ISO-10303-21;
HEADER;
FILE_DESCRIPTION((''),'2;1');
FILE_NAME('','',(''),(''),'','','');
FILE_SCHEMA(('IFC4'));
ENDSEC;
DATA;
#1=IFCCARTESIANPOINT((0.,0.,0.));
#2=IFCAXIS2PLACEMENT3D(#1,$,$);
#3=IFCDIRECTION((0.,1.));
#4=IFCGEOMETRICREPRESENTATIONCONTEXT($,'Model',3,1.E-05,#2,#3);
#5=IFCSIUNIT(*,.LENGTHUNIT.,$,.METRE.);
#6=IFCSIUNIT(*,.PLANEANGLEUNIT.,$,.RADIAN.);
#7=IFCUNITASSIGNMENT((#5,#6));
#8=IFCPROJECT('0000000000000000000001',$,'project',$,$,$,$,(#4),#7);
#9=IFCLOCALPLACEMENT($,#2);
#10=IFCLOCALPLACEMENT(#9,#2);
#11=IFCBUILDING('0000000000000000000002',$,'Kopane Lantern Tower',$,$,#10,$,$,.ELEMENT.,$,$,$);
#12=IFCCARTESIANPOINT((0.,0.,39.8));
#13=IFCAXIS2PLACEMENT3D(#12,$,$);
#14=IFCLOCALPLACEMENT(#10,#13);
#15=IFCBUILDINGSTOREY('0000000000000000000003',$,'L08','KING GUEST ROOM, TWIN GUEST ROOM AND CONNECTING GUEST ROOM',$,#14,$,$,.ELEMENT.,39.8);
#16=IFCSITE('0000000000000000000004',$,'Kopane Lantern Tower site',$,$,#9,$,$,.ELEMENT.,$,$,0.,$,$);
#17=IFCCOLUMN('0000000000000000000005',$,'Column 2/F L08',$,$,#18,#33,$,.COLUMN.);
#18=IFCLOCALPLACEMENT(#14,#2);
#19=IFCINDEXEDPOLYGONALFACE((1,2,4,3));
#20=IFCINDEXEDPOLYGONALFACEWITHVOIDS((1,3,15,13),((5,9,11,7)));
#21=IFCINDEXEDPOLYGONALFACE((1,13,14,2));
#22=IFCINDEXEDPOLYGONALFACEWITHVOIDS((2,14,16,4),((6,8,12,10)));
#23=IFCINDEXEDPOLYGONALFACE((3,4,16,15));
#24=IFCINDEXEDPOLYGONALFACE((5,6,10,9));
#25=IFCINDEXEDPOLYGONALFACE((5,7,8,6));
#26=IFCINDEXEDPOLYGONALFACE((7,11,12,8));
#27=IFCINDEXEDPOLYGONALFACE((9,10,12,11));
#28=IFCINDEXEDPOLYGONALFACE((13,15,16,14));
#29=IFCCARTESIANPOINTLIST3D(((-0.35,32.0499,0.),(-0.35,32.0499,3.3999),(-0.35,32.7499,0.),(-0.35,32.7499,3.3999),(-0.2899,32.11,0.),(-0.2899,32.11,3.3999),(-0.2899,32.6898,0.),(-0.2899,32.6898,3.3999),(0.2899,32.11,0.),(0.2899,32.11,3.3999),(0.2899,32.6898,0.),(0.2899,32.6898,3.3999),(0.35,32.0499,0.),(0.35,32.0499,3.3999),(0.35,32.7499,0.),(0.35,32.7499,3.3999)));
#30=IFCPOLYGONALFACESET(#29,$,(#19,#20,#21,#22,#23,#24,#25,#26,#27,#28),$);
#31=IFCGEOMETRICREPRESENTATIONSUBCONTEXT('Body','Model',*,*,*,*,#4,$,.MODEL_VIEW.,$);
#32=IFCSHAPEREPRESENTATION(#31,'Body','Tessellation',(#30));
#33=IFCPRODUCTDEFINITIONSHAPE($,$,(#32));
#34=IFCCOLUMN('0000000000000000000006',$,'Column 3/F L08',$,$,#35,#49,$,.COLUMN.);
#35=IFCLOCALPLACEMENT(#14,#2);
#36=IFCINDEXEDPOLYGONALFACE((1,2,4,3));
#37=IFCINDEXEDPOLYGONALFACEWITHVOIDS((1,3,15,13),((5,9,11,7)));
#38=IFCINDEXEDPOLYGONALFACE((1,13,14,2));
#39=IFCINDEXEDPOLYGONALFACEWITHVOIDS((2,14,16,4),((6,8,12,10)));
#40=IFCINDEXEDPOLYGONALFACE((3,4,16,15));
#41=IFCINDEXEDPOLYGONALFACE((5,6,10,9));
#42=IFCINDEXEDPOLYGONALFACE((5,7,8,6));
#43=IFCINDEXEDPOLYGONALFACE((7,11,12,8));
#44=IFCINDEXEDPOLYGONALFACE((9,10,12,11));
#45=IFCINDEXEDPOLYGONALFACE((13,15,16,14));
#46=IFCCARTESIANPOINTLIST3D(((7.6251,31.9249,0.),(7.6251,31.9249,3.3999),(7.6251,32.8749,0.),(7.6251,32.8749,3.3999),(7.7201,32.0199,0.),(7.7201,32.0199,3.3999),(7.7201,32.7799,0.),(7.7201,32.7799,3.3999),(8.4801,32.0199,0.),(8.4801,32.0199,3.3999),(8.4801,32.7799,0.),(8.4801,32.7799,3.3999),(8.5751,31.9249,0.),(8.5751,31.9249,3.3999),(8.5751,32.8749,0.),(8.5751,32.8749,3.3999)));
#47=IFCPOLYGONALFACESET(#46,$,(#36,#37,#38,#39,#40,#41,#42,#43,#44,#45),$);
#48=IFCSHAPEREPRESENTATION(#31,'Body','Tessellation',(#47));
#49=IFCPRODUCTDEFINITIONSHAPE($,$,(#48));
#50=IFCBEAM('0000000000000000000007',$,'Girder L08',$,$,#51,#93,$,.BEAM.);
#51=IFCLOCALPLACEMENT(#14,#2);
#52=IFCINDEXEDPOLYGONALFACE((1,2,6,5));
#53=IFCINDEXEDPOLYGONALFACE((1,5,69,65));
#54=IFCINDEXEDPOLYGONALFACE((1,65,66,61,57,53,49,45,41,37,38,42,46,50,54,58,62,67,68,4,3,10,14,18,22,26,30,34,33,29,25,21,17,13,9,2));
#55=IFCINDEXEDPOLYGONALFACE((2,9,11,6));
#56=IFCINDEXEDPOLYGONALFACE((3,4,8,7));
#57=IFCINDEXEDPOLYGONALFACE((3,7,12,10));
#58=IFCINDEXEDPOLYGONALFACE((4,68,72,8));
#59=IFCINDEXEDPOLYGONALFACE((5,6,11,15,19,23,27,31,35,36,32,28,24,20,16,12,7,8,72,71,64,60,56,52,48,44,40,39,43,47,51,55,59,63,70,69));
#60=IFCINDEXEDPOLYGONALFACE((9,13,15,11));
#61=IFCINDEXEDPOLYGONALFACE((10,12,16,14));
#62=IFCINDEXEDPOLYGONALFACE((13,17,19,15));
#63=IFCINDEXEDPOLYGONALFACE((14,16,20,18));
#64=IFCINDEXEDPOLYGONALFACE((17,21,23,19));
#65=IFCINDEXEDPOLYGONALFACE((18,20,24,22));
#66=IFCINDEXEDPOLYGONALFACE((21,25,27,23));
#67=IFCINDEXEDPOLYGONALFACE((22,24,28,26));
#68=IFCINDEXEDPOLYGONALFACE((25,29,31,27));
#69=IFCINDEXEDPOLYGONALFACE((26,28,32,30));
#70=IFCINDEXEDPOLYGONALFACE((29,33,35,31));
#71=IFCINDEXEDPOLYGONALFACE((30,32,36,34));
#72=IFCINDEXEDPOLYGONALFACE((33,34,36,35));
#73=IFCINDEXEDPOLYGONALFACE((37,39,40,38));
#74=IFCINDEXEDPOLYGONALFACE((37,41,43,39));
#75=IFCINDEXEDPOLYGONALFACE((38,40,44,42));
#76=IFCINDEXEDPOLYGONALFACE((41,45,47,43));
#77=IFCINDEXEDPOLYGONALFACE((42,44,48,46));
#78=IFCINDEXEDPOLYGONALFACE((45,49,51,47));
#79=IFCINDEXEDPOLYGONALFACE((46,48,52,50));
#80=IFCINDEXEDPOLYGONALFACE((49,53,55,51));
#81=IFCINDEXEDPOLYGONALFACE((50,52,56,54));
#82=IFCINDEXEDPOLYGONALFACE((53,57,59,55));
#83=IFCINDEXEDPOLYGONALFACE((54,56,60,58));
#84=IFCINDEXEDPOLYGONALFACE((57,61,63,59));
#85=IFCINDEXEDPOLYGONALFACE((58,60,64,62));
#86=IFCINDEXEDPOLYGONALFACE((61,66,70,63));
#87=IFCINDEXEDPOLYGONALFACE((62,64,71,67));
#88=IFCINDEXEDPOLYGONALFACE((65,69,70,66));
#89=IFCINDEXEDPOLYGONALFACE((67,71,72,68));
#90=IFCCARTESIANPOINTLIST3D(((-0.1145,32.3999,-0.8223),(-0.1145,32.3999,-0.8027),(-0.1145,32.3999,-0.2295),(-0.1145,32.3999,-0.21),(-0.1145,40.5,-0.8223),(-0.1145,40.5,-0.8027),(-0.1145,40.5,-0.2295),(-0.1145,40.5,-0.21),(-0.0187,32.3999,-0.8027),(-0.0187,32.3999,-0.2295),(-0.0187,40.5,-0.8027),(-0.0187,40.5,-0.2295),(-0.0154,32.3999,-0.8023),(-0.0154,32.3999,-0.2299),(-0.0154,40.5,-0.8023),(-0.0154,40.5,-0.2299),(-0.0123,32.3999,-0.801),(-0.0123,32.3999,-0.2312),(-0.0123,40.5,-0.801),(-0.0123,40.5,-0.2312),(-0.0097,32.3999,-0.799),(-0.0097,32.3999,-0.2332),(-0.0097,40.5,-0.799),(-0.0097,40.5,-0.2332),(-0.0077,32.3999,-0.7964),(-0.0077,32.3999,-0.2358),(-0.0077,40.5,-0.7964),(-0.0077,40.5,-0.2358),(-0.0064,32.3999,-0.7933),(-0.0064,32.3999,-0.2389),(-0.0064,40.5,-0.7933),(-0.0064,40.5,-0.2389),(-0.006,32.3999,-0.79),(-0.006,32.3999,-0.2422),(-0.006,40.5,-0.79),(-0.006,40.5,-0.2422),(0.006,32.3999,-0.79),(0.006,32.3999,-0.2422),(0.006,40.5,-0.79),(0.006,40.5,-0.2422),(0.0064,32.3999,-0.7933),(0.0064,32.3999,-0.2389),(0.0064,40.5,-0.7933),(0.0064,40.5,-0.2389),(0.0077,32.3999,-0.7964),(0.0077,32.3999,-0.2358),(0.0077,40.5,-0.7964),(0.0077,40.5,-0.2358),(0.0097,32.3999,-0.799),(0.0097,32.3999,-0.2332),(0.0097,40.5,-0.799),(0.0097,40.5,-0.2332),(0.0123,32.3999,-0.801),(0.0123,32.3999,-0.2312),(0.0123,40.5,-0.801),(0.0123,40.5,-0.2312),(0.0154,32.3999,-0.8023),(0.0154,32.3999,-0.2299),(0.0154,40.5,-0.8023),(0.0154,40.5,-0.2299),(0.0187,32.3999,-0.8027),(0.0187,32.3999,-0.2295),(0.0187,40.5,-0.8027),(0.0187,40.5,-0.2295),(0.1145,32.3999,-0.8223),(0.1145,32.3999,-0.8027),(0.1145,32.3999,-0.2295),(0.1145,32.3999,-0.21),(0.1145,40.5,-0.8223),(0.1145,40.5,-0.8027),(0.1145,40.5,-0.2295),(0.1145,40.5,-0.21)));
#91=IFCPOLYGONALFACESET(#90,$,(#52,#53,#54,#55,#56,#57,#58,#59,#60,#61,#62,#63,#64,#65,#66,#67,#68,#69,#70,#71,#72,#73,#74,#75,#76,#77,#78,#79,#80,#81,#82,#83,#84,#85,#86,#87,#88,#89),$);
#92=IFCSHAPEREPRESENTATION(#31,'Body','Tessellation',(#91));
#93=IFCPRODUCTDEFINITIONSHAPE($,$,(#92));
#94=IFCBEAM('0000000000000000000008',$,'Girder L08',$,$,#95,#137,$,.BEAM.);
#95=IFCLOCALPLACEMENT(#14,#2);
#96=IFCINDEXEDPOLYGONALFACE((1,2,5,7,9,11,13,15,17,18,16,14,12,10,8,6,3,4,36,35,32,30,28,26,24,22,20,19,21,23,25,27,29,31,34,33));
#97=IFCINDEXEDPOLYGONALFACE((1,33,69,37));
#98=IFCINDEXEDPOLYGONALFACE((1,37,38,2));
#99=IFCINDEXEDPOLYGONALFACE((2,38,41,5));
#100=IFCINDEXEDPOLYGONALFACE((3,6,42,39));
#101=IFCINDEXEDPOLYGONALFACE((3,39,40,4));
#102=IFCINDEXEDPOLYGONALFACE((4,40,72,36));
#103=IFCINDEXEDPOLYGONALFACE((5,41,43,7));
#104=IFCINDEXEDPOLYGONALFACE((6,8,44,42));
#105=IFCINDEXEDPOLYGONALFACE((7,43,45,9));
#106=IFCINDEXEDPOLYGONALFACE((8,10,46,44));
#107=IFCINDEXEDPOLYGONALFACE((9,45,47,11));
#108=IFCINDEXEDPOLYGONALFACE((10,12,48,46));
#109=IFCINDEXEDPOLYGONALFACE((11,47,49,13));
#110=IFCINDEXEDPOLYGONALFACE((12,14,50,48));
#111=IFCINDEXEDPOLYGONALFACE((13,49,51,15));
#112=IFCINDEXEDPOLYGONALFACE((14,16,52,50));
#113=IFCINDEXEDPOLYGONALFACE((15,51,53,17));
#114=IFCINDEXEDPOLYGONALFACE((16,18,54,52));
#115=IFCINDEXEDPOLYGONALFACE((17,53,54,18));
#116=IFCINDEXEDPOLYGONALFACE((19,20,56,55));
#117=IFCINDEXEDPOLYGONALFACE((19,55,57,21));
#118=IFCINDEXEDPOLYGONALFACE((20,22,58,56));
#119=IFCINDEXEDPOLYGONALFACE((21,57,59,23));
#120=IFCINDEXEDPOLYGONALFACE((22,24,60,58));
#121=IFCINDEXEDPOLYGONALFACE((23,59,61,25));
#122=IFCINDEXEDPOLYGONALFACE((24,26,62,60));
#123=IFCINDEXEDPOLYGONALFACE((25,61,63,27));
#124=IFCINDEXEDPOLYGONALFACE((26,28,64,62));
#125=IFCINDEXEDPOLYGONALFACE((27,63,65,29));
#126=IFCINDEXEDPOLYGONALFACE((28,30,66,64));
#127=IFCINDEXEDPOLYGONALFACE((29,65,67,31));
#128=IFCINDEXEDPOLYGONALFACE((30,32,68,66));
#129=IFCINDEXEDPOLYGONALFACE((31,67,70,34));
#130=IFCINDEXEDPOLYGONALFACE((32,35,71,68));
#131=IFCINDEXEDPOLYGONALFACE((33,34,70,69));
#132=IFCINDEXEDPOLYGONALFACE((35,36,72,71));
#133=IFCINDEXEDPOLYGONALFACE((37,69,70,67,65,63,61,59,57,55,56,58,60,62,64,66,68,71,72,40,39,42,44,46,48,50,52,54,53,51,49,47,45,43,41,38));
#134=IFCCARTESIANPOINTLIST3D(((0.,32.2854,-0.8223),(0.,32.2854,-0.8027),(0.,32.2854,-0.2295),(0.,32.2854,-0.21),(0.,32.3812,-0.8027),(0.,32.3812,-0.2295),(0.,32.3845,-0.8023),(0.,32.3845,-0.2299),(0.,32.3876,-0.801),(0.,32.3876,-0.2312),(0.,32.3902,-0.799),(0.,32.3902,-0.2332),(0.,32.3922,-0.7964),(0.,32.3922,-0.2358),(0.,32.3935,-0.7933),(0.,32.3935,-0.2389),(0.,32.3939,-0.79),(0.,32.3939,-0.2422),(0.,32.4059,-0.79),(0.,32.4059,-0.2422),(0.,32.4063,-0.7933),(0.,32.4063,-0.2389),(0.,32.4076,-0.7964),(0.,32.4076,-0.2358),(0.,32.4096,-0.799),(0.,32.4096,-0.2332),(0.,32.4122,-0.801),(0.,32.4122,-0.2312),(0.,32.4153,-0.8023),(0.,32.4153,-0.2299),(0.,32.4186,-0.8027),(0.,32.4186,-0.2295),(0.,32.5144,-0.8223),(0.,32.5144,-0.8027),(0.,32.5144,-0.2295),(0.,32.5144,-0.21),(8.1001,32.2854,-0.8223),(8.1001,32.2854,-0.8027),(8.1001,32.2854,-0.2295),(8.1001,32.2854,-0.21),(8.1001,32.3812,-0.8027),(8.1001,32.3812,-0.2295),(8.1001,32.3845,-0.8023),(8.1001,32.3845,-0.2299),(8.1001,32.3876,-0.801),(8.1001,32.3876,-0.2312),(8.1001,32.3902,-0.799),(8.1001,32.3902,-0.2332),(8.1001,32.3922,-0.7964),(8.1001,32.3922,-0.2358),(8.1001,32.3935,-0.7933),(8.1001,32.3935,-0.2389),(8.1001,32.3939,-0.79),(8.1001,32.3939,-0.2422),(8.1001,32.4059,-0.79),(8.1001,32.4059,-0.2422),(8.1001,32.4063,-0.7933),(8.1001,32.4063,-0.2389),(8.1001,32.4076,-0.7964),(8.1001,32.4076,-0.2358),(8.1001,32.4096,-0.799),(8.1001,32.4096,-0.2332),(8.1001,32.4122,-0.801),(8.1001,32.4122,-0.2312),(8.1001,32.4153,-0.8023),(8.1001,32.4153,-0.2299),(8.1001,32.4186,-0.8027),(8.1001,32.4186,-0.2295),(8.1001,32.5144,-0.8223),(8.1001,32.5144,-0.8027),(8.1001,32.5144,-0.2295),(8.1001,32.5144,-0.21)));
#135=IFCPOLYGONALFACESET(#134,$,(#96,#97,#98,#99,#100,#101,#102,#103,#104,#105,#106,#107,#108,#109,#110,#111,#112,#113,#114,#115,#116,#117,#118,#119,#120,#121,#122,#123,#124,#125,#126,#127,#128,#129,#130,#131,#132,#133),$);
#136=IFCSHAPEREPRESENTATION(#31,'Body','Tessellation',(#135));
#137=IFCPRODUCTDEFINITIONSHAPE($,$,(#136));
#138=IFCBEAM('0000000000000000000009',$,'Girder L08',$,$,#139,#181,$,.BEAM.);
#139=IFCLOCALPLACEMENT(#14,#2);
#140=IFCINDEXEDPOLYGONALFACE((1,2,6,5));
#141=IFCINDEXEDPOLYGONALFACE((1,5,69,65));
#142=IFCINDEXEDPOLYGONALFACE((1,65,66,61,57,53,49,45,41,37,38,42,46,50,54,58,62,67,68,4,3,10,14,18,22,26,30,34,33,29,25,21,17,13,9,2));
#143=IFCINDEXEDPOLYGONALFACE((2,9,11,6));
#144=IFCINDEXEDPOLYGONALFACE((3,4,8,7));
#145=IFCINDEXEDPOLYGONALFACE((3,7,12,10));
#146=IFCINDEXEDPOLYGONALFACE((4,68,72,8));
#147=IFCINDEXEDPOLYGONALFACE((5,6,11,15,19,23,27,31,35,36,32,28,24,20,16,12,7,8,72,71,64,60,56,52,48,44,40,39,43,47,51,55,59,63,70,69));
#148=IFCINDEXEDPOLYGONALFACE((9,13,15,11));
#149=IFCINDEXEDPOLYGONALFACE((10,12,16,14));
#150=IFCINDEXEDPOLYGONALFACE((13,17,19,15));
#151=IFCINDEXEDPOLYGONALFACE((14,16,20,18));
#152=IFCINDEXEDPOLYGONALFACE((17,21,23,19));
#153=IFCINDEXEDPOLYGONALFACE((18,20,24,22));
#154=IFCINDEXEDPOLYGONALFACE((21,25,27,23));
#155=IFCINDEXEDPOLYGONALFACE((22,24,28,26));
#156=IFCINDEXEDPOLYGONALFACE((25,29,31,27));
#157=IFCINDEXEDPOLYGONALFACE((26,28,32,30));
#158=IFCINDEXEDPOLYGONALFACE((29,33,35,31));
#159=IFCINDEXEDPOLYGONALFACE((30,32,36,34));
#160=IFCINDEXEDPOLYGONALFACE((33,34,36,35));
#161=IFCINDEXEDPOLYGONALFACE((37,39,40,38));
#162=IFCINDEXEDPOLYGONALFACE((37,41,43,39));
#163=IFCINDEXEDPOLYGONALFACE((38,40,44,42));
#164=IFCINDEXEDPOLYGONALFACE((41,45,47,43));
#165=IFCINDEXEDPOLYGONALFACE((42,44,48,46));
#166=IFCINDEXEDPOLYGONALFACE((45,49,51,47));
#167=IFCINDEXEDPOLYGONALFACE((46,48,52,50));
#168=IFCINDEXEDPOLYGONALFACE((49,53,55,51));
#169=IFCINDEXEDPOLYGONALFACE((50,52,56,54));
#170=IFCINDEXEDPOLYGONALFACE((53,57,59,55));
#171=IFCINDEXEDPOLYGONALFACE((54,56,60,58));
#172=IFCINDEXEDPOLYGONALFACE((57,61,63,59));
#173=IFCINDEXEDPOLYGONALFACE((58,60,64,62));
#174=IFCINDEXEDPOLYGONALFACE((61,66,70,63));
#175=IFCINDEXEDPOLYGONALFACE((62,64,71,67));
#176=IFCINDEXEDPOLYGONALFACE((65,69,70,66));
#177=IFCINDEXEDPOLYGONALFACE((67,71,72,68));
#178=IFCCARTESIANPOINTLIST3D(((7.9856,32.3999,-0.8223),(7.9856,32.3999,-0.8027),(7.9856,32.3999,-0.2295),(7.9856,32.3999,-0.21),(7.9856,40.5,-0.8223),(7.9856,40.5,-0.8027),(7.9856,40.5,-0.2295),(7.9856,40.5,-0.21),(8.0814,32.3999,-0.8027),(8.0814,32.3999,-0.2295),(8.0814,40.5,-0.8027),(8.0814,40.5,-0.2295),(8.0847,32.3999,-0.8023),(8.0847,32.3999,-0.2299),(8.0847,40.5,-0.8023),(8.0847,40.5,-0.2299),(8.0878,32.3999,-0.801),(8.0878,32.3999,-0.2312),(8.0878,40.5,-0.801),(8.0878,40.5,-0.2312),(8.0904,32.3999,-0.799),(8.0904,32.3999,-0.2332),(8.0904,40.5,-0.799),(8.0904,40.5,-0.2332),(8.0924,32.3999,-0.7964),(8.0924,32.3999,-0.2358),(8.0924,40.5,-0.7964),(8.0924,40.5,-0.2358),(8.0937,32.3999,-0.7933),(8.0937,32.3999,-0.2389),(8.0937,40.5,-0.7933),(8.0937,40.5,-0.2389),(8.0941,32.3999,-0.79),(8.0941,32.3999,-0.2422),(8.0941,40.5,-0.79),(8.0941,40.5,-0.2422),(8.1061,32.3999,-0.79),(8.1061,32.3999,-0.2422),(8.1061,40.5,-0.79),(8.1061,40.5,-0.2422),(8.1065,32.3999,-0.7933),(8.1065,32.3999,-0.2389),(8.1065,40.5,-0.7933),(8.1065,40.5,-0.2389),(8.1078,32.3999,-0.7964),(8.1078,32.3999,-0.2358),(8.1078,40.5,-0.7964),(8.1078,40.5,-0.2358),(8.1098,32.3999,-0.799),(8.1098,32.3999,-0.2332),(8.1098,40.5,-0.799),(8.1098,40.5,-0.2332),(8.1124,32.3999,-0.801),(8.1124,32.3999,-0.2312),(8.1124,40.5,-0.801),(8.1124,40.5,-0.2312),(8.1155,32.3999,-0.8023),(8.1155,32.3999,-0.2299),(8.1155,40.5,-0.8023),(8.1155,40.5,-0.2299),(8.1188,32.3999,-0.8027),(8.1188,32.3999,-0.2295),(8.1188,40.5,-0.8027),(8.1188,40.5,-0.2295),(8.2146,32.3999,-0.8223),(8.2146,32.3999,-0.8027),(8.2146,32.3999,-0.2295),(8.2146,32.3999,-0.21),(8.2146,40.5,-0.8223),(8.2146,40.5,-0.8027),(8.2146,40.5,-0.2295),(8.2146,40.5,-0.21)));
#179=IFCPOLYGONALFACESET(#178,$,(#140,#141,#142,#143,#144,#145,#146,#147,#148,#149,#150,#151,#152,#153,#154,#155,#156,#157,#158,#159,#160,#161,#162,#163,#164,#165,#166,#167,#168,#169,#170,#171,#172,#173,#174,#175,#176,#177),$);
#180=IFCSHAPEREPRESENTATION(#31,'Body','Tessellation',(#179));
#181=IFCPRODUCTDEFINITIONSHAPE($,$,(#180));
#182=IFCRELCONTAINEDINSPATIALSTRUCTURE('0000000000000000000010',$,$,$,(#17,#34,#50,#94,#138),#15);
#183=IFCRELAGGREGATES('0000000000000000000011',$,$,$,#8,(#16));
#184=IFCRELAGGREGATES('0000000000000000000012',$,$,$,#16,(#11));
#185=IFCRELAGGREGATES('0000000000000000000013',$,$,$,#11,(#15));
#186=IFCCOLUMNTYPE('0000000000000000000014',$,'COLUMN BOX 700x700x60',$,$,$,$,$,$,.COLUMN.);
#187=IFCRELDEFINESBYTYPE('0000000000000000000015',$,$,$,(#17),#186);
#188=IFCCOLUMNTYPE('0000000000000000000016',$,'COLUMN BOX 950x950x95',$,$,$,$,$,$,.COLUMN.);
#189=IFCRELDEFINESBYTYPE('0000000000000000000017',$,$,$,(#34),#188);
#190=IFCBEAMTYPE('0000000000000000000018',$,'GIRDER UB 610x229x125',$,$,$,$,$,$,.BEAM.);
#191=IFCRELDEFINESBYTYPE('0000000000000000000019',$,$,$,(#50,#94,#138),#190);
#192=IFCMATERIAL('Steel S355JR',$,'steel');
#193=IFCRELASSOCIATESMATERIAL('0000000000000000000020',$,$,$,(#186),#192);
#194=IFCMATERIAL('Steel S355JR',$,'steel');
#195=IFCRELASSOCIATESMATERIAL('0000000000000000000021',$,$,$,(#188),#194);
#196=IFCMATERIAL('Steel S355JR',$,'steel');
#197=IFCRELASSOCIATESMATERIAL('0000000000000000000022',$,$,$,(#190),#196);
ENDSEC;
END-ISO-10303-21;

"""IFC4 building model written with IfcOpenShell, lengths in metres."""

from ifc_helpers import new_model, si_unit, direction, frame, origin, origin_2d, place, context, subcontext, project, spatial, hollow_rectangle, i_section, extrude, material, material_profile, profile_set, type_object, element, save


model = new_model("IFC4")

# Units and contexts
model_context = context("Model", 3, precision=1e-05, world=origin(), true_north=direction((0.0, 1.0)))
body_context = subcontext(model_context, "Body", "Model", "MODEL_VIEW")
ifc_project = project(units=[si_unit("LENGTHUNIT", "METRE"), si_unit("PLANEANGLEUNIT", "RADIAN")], contexts=[model_context])

# Site, building, storey
site_placement = place(None, origin())
site = spatial("IfcSite", under=ifc_project, at=site_placement, Name="Kopane Lantern Tower site", CompositionType="ELEMENT", RefElevation=0.0)
building_placement = place(site_placement, origin())
building = spatial("IfcBuilding", under=site, at=building_placement, Name="Kopane Lantern Tower", CompositionType="ELEMENT")
storey_placement = place(building_placement, frame((0.0, 0.0, 39.8)))
storey = spatial("IfcBuildingStorey", under=building, at=storey_placement, Name="L08", Description="KING GUEST ROOM, TWIN GUEST ROOM AND CONNECTING GUEST ROOM", CompositionType="ELEMENT", Elevation=39.8)

# Columns
ifc_material_1 = material(Name="Steel S355JR", Category="steel")
ifc_material_profile_1 = material_profile(ifc_material_1, hollow_rectangle(XDim=0.7, YDim=0.7, WallThickness=0.0601, at=origin_2d()), Name="BOX 700x700x60")
ifc_profile_set_1 = profile_set([ifc_material_profile_1], Name="Steel S355JR")
column_type_1 = type_object("IfcColumnType", Name="COLUMN BOX 700x700x60", PredefinedType="COLUMN", material=ifc_profile_set_1)
column_1_placement = place(storey_placement, frame((0.0, 32.3999, 0.0), z_axis=(0.0, 0.0, 1.0), x_axis=(1.0, 0.0, 0.0)))
element("IfcColumn", 1, at=column_1_placement, inside=storey, type_object=column_type_1, Name="Column 2/F L08", PredefinedType="COLUMN", context=body_context, shape_type="SweptSolid", body=[
    extrude(hollow_rectangle(XDim=0.7, YDim=0.7, WallThickness=0.0601, at=origin_2d()), origin(), (0.0, 0.0, 1.0), 3.3999),
])
ifc_material_2 = material(Name="Steel S355JR", Category="steel")
ifc_material_profile_2 = material_profile(ifc_material_2, hollow_rectangle(XDim=0.95, YDim=0.95, WallThickness=0.095, at=origin_2d()), Name="BOX 950x950x95")
ifc_profile_set_2 = profile_set([ifc_material_profile_2], Name="Steel S355JR")
column_type_2 = type_object("IfcColumnType", Name="COLUMN BOX 950x950x95", PredefinedType="COLUMN", material=ifc_profile_set_2)
column_2_placement = place(storey_placement, frame((8.1001, 32.3999, 0.0), z_axis=(0.0, 0.0, 1.0), x_axis=(1.0, 0.0, 0.0)))
element("IfcColumn", 2, at=column_2_placement, inside=storey, type_object=column_type_2, Name="Column 3/F L08", PredefinedType="COLUMN", context=body_context, shape_type="SweptSolid", body=[
    extrude(hollow_rectangle(XDim=0.95, YDim=0.95, WallThickness=0.095, at=origin_2d()), origin(), (0.0, 0.0, 1.0), 3.3999),
])

# Beams
ifc_material_3 = material(Name="Steel S355JR", Category="steel")
ifc_material_profile_3 = material_profile(ifc_material_3, i_section(OverallWidth=0.229, OverallDepth=0.6123, WebThickness=0.012, FlangeThickness=0.0195, FilletRadius=0.0127, at=origin_2d()), Name="UB 610x229x125")
ifc_profile_set_3 = profile_set([ifc_material_profile_3], Name="Steel S355JR")
beam_type = type_object("IfcBeamType", Name="GIRDER UB 610x229x125", PredefinedType="BEAM", material=ifc_profile_set_3)
for number, where, z_axis, x_axis, name in (
    (3, (0.0, 32.3999, -0.5161), (0.0, 1.0, 0.0), (-1.0, 0.0, 0.0), "Girder L08"),
    (4, (0.0, 32.3999, -0.5161), (1.0, 0.0, 0.0), (0.0, 1.0, 0.0), "Girder L08"),
    (5, (8.1001, 32.3999, -0.5161), (0.0, 1.0, 0.0), (-1.0, 0.0, 0.0), "Girder L08"),
):
    element("IfcBeam", number, at=place(storey_placement, frame(where, z_axis=z_axis, x_axis=x_axis)), inside=storey, type_object=beam_type, Name=name, PredefinedType="BEAM", context=body_context, shape_type="SweptSolid", body=[
        extrude(i_section(OverallWidth=0.229, OverallDepth=0.6123, WebThickness=0.012, FlangeThickness=0.0195, FilletRadius=0.0127, at=origin_2d()), origin(), (0.0, 0.0, 1.0), 8.1001),
    ])

save(model, "model.ifc")
